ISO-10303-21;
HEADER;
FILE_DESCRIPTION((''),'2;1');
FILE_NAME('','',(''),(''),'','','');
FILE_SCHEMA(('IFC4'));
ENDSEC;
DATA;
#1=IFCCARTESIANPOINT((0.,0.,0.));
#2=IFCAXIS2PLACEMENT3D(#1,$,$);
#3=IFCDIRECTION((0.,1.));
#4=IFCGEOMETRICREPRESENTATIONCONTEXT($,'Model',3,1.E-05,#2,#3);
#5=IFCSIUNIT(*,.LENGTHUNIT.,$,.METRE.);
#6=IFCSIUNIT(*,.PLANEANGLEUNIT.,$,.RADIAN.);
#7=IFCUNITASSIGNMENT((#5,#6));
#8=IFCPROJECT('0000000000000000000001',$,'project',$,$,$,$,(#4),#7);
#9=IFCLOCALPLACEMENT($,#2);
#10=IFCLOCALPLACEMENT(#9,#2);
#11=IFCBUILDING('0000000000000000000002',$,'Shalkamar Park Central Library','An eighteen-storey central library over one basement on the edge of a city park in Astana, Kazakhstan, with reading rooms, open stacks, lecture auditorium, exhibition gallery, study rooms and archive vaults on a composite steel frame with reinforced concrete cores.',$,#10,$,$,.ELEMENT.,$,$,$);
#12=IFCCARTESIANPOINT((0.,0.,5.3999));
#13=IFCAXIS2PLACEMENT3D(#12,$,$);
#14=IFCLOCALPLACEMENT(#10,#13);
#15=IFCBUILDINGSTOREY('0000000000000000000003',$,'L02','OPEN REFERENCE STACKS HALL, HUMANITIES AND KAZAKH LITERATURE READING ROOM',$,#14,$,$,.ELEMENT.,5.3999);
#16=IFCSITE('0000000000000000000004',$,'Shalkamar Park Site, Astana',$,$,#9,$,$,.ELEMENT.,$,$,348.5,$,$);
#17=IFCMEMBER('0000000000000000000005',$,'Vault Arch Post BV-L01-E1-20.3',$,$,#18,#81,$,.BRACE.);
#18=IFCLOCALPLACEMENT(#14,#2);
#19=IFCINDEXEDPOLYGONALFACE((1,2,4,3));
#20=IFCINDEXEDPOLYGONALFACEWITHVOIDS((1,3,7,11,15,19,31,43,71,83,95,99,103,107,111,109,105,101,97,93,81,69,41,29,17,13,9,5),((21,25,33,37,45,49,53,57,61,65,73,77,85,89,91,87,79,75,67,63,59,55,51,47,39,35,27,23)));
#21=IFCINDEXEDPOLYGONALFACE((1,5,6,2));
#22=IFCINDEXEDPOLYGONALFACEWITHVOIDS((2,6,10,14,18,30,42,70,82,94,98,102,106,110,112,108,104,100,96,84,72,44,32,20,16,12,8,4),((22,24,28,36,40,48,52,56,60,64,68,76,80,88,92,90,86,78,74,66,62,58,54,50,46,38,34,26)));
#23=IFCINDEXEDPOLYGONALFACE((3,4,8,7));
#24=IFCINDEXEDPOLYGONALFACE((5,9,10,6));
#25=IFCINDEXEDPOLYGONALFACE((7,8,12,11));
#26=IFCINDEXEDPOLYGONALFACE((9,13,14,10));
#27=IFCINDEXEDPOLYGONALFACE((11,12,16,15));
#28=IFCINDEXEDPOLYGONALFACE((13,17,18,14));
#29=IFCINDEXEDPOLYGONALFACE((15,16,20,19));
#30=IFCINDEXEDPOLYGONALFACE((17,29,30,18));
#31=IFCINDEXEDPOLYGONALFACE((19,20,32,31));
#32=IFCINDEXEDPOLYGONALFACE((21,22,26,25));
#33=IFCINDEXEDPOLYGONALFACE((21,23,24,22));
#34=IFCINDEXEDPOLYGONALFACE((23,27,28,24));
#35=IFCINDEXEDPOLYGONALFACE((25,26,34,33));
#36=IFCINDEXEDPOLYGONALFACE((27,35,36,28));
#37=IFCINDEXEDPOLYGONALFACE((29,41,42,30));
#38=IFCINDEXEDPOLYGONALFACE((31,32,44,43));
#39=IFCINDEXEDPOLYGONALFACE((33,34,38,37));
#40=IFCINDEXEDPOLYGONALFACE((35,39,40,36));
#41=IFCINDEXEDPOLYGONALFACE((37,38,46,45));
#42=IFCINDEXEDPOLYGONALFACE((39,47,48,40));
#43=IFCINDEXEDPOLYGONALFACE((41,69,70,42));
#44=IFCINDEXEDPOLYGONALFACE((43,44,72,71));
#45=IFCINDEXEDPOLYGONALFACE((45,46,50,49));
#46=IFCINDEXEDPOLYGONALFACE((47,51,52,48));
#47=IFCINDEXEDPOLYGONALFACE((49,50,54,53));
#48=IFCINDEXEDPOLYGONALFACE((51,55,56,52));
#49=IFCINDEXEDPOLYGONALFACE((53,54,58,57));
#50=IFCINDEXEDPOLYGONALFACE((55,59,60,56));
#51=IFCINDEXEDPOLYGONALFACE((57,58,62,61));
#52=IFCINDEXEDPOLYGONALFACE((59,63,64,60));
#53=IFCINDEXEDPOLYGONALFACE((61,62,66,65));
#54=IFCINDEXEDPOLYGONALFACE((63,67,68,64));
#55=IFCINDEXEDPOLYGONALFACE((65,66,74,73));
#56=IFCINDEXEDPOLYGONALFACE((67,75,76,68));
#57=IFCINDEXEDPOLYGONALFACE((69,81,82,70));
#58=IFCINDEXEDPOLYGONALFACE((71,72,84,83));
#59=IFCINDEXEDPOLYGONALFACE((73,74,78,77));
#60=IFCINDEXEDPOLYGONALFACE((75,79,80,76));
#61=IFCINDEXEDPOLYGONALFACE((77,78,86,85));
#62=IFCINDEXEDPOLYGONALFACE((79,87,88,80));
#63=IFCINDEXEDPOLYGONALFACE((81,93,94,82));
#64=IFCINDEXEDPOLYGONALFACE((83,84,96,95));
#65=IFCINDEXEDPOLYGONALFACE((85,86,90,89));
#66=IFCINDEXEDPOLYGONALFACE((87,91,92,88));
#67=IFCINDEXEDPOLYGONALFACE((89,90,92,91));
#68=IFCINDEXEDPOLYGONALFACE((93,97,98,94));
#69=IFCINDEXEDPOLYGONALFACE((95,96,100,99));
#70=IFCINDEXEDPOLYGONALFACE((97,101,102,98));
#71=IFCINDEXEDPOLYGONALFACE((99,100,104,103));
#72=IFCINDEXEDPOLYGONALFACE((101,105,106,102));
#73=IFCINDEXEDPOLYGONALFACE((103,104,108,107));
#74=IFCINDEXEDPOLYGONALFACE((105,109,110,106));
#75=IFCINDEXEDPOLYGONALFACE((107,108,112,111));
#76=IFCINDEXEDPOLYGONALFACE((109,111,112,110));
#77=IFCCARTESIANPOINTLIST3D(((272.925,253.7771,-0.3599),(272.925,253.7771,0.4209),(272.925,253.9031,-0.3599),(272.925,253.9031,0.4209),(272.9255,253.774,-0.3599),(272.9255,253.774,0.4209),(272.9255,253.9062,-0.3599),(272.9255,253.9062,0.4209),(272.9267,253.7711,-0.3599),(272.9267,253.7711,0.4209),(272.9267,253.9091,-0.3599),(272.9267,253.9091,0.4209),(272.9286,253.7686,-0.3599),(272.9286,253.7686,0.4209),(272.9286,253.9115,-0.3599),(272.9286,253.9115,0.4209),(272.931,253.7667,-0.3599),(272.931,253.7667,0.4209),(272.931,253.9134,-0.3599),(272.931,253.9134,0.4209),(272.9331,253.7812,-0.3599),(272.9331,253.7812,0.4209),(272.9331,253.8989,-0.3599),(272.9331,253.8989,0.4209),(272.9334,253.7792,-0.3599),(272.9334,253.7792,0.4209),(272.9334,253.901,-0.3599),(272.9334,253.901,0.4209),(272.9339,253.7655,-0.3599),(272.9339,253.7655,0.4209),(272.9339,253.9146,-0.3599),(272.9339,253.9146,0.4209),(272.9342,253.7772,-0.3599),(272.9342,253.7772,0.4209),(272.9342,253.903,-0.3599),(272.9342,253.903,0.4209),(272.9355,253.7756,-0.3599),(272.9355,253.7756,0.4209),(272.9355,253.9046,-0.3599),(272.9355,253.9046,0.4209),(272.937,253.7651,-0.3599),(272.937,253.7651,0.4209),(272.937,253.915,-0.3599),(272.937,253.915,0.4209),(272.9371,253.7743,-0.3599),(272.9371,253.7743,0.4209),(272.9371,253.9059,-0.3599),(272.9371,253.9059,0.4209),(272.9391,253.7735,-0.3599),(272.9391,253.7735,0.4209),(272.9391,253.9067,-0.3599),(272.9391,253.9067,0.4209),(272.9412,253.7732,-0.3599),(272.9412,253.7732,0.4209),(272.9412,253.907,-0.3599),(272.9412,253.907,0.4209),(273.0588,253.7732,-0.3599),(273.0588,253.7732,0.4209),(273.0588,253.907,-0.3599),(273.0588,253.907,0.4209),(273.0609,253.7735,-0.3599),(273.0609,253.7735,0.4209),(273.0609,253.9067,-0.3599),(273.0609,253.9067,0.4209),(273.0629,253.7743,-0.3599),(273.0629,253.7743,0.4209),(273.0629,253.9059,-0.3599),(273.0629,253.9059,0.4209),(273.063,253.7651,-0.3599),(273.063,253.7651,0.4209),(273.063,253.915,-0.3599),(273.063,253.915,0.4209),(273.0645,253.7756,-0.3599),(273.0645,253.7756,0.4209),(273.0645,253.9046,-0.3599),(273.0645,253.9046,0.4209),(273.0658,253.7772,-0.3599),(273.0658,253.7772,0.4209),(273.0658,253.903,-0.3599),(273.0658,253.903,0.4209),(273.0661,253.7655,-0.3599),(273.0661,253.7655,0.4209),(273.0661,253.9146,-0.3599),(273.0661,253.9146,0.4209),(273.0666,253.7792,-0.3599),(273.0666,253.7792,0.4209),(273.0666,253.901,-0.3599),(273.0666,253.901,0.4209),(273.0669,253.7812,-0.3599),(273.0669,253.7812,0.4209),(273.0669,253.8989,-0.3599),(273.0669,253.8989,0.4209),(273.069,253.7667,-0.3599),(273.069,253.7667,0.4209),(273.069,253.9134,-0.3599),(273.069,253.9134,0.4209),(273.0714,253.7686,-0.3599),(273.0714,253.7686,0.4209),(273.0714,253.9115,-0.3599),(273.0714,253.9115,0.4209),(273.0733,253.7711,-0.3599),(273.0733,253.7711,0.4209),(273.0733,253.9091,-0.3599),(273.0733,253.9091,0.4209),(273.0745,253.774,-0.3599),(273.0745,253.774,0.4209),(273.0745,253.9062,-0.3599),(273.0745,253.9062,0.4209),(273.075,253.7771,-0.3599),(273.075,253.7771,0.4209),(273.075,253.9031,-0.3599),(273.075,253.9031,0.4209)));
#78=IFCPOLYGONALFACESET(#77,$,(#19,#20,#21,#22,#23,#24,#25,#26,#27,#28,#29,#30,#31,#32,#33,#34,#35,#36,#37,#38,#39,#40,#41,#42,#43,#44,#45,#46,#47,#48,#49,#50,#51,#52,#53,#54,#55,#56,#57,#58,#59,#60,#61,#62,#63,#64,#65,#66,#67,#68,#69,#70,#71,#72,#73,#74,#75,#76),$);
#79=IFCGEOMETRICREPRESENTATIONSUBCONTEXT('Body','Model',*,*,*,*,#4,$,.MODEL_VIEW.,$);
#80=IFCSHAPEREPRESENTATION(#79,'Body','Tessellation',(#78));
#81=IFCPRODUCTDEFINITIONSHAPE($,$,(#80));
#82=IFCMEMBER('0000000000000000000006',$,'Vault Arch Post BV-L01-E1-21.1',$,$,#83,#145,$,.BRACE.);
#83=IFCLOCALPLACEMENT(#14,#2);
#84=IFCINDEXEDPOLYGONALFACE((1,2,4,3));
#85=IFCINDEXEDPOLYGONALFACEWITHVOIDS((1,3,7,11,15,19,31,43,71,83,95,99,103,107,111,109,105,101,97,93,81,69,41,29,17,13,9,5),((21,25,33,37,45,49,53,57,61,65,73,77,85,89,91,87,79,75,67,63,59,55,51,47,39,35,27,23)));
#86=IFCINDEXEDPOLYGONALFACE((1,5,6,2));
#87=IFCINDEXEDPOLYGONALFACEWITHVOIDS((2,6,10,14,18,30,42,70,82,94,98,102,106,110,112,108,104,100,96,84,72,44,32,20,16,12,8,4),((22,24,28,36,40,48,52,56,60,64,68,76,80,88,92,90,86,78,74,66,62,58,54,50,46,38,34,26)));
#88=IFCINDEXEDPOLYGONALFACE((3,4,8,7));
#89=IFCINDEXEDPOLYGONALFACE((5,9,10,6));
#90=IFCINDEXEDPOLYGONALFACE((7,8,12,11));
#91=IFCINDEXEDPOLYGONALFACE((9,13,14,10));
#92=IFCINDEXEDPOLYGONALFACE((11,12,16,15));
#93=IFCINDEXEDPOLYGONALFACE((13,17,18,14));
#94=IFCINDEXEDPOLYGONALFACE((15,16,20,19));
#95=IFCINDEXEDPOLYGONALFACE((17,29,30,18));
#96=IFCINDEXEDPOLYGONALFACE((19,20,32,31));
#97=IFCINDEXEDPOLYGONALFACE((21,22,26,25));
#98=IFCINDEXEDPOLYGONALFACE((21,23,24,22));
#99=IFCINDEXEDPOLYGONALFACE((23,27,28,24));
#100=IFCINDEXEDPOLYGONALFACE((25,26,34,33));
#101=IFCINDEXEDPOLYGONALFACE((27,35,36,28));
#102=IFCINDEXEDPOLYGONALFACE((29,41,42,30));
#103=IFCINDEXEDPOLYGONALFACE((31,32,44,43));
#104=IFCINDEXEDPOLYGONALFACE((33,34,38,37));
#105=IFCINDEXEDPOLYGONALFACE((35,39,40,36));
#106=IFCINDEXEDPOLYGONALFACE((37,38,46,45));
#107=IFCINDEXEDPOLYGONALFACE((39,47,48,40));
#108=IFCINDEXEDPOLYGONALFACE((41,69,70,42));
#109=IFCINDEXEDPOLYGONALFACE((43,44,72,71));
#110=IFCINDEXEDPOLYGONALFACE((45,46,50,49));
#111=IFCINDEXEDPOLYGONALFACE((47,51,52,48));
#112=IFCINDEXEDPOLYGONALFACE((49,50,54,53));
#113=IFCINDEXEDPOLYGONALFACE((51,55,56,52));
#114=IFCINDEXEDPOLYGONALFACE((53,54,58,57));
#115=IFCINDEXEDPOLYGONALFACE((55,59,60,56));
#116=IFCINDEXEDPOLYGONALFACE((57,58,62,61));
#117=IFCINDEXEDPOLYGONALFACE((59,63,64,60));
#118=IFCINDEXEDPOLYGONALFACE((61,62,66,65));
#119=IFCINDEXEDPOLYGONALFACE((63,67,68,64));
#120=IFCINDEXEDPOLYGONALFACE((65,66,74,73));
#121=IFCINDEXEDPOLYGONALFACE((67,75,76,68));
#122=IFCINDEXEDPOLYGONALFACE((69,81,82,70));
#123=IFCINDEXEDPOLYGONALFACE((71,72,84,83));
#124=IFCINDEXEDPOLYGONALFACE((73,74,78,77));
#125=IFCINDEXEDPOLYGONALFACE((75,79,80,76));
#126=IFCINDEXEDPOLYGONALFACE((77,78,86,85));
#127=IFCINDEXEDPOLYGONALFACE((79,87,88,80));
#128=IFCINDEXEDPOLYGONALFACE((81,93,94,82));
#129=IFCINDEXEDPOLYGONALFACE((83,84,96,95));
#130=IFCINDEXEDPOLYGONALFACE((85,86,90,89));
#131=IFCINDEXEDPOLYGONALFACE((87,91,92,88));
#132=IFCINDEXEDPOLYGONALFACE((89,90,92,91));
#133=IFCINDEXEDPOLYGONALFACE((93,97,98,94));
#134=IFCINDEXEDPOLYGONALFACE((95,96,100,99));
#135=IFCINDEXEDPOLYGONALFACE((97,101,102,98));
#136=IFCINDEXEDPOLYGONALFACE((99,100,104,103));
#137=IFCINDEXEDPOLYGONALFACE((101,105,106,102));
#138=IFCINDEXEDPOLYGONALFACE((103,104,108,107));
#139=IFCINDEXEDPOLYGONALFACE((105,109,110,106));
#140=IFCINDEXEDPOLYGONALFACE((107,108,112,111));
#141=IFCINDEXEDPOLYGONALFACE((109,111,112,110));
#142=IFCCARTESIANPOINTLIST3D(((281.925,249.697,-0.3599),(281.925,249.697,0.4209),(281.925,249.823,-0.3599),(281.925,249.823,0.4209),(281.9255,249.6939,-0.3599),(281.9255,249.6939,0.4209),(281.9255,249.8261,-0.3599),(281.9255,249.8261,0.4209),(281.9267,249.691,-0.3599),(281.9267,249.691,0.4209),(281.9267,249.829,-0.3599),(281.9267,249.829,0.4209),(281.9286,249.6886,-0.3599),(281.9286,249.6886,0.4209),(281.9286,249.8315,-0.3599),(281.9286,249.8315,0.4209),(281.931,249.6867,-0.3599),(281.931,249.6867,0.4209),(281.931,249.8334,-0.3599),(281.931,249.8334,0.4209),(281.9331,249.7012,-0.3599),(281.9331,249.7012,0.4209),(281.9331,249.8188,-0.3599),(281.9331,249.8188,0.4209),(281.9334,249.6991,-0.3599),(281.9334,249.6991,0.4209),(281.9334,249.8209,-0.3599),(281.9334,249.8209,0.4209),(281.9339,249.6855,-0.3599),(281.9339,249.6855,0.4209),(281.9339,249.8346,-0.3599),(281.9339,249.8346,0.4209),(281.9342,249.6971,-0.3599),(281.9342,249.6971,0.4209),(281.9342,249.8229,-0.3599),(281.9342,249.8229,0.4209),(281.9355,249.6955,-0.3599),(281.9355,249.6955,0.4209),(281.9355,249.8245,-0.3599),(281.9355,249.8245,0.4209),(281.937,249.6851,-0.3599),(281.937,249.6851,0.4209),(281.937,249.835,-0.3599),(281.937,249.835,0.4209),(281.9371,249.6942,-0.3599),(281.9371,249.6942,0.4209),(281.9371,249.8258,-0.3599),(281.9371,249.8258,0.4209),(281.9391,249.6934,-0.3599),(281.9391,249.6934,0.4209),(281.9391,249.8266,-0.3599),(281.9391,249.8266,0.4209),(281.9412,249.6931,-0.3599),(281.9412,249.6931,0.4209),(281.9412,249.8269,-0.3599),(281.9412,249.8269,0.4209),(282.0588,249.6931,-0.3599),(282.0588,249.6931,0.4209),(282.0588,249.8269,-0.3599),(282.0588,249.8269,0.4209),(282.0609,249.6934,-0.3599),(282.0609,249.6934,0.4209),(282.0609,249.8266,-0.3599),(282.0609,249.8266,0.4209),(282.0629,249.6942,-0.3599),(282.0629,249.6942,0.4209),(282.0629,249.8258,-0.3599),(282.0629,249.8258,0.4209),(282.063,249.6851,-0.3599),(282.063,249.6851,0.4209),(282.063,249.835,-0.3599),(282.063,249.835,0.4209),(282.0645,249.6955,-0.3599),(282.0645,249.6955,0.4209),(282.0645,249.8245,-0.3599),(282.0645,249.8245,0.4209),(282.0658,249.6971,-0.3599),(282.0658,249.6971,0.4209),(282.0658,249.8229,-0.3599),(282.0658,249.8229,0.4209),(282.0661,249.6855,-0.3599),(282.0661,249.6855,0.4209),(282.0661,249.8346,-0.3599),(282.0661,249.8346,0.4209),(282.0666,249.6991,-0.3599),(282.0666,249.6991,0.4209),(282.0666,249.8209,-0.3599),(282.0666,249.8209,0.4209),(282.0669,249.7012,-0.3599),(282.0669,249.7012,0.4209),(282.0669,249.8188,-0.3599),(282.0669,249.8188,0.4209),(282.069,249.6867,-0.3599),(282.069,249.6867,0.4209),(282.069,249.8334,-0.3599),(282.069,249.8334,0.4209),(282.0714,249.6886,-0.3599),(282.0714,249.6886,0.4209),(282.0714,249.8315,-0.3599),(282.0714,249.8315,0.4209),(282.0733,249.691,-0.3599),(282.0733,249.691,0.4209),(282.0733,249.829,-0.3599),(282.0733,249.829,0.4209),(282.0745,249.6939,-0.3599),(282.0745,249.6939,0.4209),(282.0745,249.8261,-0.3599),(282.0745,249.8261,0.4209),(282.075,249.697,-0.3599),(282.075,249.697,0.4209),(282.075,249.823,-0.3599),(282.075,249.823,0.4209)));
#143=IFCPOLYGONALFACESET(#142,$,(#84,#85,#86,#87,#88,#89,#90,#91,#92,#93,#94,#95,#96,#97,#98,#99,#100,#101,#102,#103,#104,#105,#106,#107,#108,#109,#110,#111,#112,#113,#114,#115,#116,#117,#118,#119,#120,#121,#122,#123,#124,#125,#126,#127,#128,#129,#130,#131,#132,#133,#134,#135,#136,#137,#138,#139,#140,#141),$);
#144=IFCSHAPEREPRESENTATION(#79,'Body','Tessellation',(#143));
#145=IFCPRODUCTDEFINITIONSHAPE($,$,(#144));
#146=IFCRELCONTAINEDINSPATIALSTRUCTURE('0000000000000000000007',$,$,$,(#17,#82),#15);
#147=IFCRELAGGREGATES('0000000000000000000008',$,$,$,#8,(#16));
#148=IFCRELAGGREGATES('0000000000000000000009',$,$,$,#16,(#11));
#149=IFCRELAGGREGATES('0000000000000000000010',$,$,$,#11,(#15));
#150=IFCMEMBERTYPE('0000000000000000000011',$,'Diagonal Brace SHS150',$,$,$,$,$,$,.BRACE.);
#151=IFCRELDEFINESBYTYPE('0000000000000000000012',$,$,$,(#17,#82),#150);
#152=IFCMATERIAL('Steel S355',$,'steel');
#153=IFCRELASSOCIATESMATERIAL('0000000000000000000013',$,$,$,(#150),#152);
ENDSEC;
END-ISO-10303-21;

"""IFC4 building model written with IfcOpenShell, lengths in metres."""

from ifc_helpers import new_model, si_unit, direction, frame, origin, origin_2d, place, context, subcontext, project, spatial, hollow_rectangle, extrude, material, material_profile, profile_set, type_object, element, save


model = new_model("IFC4")

# Units and contexts
model_context = context("Model", 3, precision=1e-05, world=origin(), true_north=direction((0.0, 1.0)))
body_context = subcontext(model_context, "Body", "Model", "MODEL_VIEW")
ifc_project = project(units=[si_unit("LENGTHUNIT", "METRE"), si_unit("PLANEANGLEUNIT", "RADIAN")], contexts=[model_context])

# Site, building, storey
site_placement = place(None, origin())
site = spatial("IfcSite", under=ifc_project, at=site_placement, Name="Shalkamar Park Site, Astana", CompositionType="ELEMENT", RefElevation=348.5)
building_placement = place(site_placement, origin())
building = spatial("IfcBuilding", under=site, at=building_placement, Name="Shalkamar Park Central Library", Description="An eighteen-storey central library over one basement on the edge of a city park in Astana, Kazakhstan, with reading rooms, open stacks, lecture auditorium, exhibition gallery, study rooms and archive vaults on a composite steel frame with reinforced concrete cores.", CompositionType="ELEMENT")
storey_placement = place(building_placement, frame((0.0, 0.0, 5.3999)))
storey = spatial("IfcBuildingStorey", under=building, at=storey_placement, Name="L02", Description="OPEN REFERENCE STACKS HALL, HUMANITIES AND KAZAKH LITERATURE READING ROOM", CompositionType="ELEMENT", Elevation=5.3999)

# Shared definitions
ifc_material_1 = material(Name="Steel S355", Category="steel")

# Members
ifc_material_profile_1 = material_profile(ifc_material_1, hollow_rectangle(XDim=0.1499, YDim=0.1499, WallThickness=0.0081, InnerFilletRadius=0.0081, OuterFilletRadius=0.012, at=origin_2d()), Name="SHS 150x150x8")
ifc_profile_set_1 = profile_set([ifc_material_profile_1], Name="Steel S355")
member_type_1 = type_object("IfcMemberType", Name="Diagonal Brace SHS150", PredefinedType="BRACE", material=ifc_profile_set_1)
for number, where, z_axis, x_axis, name in (
    (1, (273.0, 253.8401, -0.3599), (0.0, 0.0, 1.0), (1.0, 0.0, 0.0), "Vault Arch Post BV-L01-E1-20.3"),
    (2, (282.0, 249.76, -0.3599), (0.0, 0.0, 1.0), (1.0, 0.0, 0.0), "Vault Arch Post BV-L01-E1-21.1"),
):
    element("IfcMember", number, at=place(storey_placement, frame(where, z_axis=z_axis, x_axis=x_axis)), inside=storey, type_object=member_type_1, Name=name, PredefinedType="BRACE", context=body_context, shape_type="SweptSolid", body=[
        extrude(hollow_rectangle(XDim=0.1499, YDim=0.1499, WallThickness=0.0081, InnerFilletRadius=0.0081, OuterFilletRadius=0.012, at=origin_2d()), origin(), (0.0, 0.0, 1.0), 0.7808),
    ])

save(model, "model.ifc")
